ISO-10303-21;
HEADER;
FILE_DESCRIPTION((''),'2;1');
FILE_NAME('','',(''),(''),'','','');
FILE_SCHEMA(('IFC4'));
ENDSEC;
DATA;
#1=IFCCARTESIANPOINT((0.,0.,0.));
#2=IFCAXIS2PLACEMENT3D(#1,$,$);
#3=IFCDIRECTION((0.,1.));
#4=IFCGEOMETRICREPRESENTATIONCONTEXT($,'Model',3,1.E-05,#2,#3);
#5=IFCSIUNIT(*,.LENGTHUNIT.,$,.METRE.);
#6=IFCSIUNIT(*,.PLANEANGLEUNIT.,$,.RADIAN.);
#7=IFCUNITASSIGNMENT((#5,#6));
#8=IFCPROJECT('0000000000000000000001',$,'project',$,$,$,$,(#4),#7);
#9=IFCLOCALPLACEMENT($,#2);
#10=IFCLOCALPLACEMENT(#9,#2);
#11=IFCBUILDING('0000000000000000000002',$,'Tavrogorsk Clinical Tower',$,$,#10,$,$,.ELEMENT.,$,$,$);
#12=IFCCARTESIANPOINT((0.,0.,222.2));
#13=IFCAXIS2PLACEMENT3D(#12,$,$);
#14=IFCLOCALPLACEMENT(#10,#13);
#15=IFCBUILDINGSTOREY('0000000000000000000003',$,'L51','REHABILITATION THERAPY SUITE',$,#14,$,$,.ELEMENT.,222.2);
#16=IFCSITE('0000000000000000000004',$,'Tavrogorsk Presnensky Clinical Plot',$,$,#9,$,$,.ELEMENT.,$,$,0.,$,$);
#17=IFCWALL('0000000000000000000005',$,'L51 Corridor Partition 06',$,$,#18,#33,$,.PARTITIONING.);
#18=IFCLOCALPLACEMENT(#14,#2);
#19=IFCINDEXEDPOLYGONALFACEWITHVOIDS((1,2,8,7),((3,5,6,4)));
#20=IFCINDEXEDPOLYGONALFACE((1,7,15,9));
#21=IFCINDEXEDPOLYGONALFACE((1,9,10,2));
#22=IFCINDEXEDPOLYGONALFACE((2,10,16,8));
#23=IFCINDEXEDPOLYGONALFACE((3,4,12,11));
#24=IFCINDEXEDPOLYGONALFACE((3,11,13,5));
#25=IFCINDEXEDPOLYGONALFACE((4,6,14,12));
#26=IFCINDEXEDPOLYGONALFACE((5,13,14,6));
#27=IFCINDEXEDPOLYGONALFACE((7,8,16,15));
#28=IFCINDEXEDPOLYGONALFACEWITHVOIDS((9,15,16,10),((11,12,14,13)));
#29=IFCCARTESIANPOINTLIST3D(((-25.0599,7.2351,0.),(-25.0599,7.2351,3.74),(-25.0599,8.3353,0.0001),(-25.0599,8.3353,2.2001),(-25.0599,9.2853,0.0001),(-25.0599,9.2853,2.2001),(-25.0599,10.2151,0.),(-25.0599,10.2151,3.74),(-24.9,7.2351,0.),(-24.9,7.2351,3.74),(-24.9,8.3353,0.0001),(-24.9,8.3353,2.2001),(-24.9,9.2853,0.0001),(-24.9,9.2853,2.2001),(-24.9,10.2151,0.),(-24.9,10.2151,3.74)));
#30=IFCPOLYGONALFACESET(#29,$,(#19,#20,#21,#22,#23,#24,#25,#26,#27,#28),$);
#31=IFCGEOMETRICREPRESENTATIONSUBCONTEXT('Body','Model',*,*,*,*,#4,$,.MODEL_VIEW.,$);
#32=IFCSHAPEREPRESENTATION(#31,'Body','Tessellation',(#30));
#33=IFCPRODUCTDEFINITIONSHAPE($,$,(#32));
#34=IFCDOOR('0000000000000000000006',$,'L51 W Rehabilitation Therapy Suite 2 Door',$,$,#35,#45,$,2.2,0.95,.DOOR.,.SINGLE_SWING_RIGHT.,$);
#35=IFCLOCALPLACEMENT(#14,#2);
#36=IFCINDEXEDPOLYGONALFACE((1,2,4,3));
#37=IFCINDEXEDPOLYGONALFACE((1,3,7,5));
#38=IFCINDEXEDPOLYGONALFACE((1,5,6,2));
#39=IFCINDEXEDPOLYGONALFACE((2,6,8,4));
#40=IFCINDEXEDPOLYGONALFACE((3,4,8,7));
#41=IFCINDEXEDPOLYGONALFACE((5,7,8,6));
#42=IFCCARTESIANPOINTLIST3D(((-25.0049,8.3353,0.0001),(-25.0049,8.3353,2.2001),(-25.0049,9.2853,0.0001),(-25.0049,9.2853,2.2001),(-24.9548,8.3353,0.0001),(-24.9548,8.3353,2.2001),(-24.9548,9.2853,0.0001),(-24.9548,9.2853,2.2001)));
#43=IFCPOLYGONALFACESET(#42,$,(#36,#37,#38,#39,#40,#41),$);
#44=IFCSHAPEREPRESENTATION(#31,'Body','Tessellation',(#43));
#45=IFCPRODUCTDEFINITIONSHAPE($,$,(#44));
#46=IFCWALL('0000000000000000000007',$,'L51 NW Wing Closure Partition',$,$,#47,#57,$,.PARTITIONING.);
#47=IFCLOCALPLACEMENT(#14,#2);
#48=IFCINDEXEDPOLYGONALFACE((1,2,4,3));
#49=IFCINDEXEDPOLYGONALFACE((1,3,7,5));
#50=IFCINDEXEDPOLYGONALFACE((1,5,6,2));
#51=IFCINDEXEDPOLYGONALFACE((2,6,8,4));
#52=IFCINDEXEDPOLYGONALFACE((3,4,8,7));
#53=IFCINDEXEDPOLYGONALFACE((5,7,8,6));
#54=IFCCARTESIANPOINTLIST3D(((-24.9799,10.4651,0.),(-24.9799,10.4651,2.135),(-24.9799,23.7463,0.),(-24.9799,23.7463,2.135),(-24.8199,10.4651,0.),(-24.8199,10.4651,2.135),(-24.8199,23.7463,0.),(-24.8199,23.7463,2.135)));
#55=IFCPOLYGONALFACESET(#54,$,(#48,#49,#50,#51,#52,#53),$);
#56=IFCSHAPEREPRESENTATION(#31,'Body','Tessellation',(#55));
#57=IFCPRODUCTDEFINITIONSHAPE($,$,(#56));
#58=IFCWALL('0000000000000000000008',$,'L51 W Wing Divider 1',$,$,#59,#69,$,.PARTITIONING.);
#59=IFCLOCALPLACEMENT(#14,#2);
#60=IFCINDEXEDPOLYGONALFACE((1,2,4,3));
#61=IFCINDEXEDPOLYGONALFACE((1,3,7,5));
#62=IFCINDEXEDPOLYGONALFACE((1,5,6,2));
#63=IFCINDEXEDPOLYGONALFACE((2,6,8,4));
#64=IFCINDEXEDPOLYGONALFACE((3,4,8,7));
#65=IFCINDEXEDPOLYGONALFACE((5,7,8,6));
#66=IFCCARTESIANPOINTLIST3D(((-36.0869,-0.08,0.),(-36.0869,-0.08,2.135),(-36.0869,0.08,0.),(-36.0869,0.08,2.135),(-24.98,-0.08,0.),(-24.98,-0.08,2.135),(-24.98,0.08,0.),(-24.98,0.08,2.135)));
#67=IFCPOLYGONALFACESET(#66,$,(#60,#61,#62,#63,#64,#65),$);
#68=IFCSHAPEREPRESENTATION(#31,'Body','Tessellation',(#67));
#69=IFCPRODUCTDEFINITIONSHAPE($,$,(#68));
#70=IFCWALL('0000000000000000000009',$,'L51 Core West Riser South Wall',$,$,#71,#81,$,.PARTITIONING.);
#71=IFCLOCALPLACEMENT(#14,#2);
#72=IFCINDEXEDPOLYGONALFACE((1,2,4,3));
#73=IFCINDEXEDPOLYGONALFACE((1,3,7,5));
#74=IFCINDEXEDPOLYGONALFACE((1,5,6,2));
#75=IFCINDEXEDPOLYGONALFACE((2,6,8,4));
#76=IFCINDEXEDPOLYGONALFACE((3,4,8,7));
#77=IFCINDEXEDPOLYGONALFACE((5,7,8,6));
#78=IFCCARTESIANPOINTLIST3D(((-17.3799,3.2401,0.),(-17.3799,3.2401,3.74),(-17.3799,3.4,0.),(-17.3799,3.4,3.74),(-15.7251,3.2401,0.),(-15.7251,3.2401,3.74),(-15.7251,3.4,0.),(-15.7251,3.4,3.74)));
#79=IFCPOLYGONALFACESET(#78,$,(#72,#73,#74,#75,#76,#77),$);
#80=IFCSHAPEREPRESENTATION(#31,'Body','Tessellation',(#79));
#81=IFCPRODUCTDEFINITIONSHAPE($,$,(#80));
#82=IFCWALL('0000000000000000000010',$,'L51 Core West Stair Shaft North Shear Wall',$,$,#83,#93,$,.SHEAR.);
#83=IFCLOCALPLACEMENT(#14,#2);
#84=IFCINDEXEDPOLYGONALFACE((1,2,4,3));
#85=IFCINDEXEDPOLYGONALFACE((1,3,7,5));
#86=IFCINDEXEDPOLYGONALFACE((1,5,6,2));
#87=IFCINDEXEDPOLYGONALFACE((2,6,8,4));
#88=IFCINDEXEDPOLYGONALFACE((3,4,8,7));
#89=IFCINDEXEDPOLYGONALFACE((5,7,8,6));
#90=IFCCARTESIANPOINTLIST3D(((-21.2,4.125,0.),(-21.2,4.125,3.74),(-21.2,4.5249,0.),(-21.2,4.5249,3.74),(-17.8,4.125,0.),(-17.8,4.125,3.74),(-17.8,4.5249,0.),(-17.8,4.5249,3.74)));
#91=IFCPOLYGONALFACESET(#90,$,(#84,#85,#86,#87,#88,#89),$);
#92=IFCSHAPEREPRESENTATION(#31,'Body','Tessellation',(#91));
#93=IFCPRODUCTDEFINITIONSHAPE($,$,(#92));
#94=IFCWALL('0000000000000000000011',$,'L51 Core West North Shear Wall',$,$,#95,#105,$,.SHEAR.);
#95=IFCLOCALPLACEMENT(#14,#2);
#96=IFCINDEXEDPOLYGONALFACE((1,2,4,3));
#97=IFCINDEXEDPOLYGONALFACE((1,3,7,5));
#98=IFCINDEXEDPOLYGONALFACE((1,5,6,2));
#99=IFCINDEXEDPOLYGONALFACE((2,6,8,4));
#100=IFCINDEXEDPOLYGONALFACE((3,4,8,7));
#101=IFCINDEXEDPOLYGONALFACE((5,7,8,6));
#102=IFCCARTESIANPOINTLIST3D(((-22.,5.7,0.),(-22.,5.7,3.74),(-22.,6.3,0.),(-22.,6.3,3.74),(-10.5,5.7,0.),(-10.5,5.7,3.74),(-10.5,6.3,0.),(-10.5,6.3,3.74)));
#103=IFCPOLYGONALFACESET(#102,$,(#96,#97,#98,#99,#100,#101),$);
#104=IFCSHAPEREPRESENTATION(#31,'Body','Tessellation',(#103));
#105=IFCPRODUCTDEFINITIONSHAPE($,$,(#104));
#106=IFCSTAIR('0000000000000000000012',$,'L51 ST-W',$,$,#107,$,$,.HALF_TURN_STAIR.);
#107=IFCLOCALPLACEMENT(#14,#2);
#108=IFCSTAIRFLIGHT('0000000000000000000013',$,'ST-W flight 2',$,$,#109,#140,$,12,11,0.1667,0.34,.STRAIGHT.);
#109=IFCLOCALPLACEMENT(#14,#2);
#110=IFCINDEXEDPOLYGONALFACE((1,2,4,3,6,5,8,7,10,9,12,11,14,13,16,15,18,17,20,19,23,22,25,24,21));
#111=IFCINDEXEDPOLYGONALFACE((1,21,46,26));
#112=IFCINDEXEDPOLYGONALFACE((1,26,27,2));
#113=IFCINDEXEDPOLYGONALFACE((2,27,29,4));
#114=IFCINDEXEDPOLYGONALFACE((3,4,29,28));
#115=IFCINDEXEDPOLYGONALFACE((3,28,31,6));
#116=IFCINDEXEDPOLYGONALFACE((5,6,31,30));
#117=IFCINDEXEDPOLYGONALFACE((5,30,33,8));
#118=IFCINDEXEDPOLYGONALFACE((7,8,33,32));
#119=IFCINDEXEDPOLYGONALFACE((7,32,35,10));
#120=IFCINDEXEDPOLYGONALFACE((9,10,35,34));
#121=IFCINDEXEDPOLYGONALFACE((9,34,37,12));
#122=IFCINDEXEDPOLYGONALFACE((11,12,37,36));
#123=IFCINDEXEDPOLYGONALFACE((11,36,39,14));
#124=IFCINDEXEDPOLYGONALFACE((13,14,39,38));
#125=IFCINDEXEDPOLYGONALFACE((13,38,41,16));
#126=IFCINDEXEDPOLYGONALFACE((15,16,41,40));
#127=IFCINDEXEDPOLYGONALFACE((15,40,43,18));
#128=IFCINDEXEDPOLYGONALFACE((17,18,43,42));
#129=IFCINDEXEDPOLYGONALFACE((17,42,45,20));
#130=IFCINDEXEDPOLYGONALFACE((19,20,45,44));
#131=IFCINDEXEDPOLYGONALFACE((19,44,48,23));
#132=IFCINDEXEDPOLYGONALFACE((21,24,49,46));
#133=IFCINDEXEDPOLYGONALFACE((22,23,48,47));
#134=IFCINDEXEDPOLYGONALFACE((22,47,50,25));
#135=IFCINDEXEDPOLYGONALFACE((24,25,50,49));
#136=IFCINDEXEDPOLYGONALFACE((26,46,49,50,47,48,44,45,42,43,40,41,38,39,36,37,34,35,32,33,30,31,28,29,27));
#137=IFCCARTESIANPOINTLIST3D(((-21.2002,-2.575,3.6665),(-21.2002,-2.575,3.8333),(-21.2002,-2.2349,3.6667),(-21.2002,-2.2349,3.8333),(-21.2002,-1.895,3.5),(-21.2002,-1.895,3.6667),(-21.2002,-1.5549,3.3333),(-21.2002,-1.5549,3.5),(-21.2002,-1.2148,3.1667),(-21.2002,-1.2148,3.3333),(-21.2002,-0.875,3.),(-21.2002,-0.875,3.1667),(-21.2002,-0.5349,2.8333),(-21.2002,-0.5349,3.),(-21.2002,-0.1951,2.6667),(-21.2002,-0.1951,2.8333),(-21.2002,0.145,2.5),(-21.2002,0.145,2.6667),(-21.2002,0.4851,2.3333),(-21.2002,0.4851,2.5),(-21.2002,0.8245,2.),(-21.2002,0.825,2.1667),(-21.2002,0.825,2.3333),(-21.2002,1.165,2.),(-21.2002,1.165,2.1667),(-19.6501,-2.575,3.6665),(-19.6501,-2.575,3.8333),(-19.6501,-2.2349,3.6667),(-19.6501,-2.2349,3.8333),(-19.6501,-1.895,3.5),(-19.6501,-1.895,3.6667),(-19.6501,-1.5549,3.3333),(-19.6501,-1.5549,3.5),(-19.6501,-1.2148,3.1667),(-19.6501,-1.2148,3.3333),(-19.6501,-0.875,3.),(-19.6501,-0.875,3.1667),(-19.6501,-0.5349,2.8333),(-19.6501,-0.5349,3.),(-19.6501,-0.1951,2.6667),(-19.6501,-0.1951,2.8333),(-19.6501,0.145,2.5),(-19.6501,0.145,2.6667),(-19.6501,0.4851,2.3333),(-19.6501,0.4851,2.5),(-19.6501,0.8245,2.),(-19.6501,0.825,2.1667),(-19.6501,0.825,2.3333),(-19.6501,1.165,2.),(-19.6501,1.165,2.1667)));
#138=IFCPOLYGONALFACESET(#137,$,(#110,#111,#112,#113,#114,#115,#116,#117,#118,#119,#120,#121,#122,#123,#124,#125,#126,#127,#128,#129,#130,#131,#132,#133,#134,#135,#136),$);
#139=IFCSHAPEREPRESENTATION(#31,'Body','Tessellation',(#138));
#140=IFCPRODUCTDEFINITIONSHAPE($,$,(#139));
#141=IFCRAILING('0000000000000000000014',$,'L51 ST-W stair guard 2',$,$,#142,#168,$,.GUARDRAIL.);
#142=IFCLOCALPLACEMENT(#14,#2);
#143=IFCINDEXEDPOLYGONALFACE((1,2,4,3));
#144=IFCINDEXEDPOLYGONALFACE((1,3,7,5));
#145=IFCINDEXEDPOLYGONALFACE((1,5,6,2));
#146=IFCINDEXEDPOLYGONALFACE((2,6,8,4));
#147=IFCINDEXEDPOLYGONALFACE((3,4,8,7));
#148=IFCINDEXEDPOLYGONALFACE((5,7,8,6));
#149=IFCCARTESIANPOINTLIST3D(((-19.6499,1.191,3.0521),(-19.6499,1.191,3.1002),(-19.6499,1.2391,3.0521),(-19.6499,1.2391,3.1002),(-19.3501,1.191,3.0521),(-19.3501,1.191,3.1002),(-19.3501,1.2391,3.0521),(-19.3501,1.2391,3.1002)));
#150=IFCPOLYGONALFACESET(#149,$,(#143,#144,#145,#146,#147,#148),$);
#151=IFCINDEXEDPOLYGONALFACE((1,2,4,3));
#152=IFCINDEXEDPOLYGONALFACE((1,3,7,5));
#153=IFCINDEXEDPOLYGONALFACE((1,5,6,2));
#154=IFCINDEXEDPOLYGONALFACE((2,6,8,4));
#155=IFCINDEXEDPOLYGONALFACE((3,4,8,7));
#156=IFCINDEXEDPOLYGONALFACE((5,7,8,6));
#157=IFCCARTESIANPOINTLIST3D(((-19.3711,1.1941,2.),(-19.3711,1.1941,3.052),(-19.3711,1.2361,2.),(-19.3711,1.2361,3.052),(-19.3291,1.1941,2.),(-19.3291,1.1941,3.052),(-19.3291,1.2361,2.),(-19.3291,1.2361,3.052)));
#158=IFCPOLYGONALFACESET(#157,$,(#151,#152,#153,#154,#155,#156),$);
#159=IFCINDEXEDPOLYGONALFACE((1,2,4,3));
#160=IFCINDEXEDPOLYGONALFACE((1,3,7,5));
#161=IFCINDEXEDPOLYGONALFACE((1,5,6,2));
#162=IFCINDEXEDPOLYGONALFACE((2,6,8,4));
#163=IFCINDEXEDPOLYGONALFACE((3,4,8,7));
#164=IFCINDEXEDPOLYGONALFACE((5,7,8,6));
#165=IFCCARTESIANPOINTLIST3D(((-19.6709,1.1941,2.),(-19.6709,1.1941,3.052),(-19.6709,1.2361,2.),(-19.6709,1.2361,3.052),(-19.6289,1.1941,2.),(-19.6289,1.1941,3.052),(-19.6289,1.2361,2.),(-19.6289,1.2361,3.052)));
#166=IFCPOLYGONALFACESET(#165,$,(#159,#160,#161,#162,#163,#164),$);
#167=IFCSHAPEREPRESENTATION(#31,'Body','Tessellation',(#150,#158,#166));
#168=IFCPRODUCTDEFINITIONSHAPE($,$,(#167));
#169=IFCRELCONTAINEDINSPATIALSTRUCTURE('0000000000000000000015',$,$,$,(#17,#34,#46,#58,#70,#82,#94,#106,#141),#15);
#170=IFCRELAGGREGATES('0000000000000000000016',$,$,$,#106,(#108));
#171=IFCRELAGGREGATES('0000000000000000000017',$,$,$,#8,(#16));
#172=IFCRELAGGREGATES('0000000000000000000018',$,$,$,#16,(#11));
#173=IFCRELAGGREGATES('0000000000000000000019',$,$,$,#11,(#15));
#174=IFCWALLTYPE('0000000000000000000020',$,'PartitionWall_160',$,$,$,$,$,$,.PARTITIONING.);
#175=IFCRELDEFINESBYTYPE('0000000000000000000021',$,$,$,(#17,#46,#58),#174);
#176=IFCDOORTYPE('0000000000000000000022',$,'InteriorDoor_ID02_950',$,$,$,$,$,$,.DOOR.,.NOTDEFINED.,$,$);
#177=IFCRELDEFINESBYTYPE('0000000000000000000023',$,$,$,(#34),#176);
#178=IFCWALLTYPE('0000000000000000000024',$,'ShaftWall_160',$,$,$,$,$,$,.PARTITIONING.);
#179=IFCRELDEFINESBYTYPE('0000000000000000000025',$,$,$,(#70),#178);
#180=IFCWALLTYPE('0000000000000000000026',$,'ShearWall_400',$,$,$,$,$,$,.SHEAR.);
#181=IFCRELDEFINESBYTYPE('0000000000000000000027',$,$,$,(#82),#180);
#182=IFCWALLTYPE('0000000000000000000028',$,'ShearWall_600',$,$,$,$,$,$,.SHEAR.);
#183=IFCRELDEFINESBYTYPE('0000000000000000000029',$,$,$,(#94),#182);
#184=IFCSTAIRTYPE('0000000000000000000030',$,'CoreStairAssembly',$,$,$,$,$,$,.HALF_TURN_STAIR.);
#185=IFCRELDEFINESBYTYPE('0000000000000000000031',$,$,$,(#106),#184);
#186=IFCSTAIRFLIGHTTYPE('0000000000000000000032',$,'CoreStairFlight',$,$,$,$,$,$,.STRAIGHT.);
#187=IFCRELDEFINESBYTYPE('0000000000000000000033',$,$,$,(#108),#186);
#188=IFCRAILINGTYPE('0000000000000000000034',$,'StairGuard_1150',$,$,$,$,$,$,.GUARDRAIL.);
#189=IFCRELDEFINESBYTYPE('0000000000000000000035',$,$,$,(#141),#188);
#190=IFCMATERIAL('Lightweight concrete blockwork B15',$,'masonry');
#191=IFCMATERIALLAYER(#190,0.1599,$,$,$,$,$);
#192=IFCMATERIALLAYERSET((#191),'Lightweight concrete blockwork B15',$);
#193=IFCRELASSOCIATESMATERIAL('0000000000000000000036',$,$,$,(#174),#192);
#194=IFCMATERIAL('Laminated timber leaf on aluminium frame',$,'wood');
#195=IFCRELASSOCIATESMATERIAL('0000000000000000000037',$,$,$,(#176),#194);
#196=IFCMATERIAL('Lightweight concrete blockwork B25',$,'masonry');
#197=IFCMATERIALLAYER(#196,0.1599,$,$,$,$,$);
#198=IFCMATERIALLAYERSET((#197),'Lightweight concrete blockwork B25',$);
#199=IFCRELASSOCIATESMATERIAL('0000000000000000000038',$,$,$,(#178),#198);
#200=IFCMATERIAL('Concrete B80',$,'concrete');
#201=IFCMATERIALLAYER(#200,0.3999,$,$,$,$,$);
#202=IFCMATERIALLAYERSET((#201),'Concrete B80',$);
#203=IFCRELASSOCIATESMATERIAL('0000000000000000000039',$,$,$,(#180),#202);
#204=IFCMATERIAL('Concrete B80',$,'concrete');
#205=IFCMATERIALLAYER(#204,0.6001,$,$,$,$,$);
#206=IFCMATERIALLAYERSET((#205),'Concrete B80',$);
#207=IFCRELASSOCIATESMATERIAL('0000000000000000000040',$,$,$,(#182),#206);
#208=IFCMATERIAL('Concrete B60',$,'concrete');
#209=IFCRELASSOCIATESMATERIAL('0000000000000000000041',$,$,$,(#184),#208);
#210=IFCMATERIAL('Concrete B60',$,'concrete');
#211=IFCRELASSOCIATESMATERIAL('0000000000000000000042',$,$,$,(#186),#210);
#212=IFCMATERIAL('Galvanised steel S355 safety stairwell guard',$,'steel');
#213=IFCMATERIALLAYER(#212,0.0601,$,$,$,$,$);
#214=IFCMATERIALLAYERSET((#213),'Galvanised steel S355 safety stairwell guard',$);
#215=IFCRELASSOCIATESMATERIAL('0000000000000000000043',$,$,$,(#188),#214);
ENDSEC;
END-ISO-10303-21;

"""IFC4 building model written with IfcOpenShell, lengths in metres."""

from ifc_helpers import new_model, si_unit, direction, frame, frame_2d, origin, origin_2d, place, context, subcontext, project, spatial, polyline, rectangle, outline, extrude, material, layer, layer_set, type_object, element, fill, aggregate, save


model = new_model("IFC4")

# Units and contexts
model_context = context("Model", 3, precision=1e-05, world=origin(), true_north=direction((0.0, 1.0)))
body_context = subcontext(model_context, "Body", "Model", "MODEL_VIEW")
ifc_project = project(units=[si_unit("LENGTHUNIT", "METRE"), si_unit("PLANEANGLEUNIT", "RADIAN")], contexts=[model_context])

# Site, building, storey
site_placement = place(None, origin())
site = spatial("IfcSite", under=ifc_project, at=site_placement, Name="Tavrogorsk Presnensky Clinical Plot", CompositionType="ELEMENT", RefElevation=0.0)
building_placement = place(site_placement, origin())
building = spatial("IfcBuilding", under=site, at=building_placement, Name="Tavrogorsk Clinical Tower", CompositionType="ELEMENT")
storey_placement = place(building_placement, frame((0.0, 0.0, 222.2)))
storey = spatial("IfcBuildingStorey", under=building, at=storey_placement, Name="L51", Description="REHABILITATION THERAPY SUITE", CompositionType="ELEMENT", Elevation=222.2)

# Wall, opening, door
ifc_material_1 = material(Name="Lightweight concrete blockwork B15", Category="masonry")
ifc_layer_1 = layer(ifc_material_1, 0.1599)
ifc_layer_set_1 = layer_set([ifc_layer_1], Name="Lightweight concrete blockwork B15")
wall_type_1 = type_object("IfcWallType", Name="PartitionWall_160", PredefinedType="PARTITIONING", material=ifc_layer_set_1)
wall_1_placement = place(storey_placement, frame((-24.98, 7.2351, 0.0), z_axis=(0.0, 0.0, 1.0), x_axis=(0.0, 1.0, 0.0)))
wall_1 = element("IfcWall", 1, at=wall_1_placement, inside=storey, type_object=wall_type_1, Name="L51 Corridor Partition 06", PredefinedType="PARTITIONING", context=body_context, shape_type="SweptSolid", body=[
    extrude(rectangle(XDim=2.98, YDim=0.1599, at=frame_2d((1.49, 0.0))), origin(), (0.0, 0.0, 1.0), 3.74),
])
opening_1_placement = place(wall_1_placement, frame((1.1001, 0.0, 0.0)))
opening_1 = element("IfcOpeningElement", 2, at=opening_1_placement, cuts=wall_1, PredefinedType="OPENING", context=body_context, shape_type="SweptSolid", body=[
    extrude(rectangle(XDim=0.95, YDim=2.2, at=frame_2d((0.4751, 1.1001))), frame((0.0, 0.0898, 0.0), z_axis=(0.0, -1.0, 0.0), x_axis=(1.0, 0.0, 0.0)), (0.0, 0.0, 1.0), 0.1799),
])
ifc_material_2 = material(Name="Laminated timber leaf on aluminium frame", Category="wood")
door_type_1 = type_object("IfcDoorType", Name="InteriorDoor_ID02_950", OperationType="NOTDEFINED", PredefinedType="DOOR", material=ifc_material_2)
door_1_placement = place(opening_1_placement, origin())
door_1 = element("IfcDoor", 3, at=door_1_placement, inside=storey, type_object=door_type_1, Name="L51 W Rehabilitation Therapy Suite 2 Door", OperationType="SINGLE_SWING_RIGHT", OverallHeight=2.2, OverallWidth=0.95, PredefinedType="DOOR", context=body_context, shape_type="SweptSolid", body=[
    extrude(rectangle(XDim=0.95, YDim=2.2, at=frame_2d((0.4751, 1.1001))), frame((0.0, 0.0249, 0.0), z_axis=(0.0, -1.0, 0.0), x_axis=(1.0, 0.0, 0.0)), (0.0, 0.0, 1.0), 0.05),
])
fill(opening_1, door_1)

# Walls
wall_2_placement = place(storey_placement, frame((-24.8999, 10.4651, 0.0), z_axis=(0.0, 0.0, 1.0), x_axis=(0.0, 1.0, 0.0)))
element("IfcWall", 4, at=wall_2_placement, inside=storey, type_object=wall_type_1, Name="L51 NW Wing Closure Partition", PredefinedType="PARTITIONING", context=body_context, shape_type="SweptSolid", body=[
    extrude(rectangle(XDim=13.2812, YDim=0.1599, at=frame_2d((6.6406, 0.0))), origin(), (0.0, 0.0, 1.0), 2.135),
])
wall_3_placement = place(storey_placement, frame((-36.0869, 0.0, 0.0), z_axis=(0.0, 0.0, 1.0), x_axis=(1.0, 0.0, 0.0)))
element("IfcWall", 5, at=wall_3_placement, inside=storey, type_object=wall_type_1, Name="L51 W Wing Divider 1", PredefinedType="PARTITIONING", context=body_context, shape_type="SweptSolid", body=[
    extrude(rectangle(XDim=11.1069, YDim=0.1599, at=frame_2d((5.5535, 0.0))), origin(), (0.0, 0.0, 1.0), 2.135),
])
ifc_material_3 = material(Name="Lightweight concrete blockwork B25", Category="masonry")
ifc_layer_2 = layer(ifc_material_3, 0.1599)
ifc_layer_set_2 = layer_set([ifc_layer_2], Name="Lightweight concrete blockwork B25")
wall_type_2 = type_object("IfcWallType", Name="ShaftWall_160", PredefinedType="PARTITIONING", material=ifc_layer_set_2)
wall_4_placement = place(storey_placement, frame((-17.3799, 3.3201, 0.0), z_axis=(0.0, 0.0, 1.0), x_axis=(1.0, 0.0, 0.0)))
element("IfcWall", 6, at=wall_4_placement, inside=storey, type_object=wall_type_2, Name="L51 Core West Riser South Wall", PredefinedType="PARTITIONING", context=body_context, shape_type="SweptSolid", body=[
    extrude(rectangle(XDim=1.6548, YDim=0.1599, at=frame_2d((0.8274, 0.0))), origin(), (0.0, 0.0, 1.0), 3.74),
])
ifc_material_4 = material(Name="Concrete B80", Category="concrete")
ifc_layer_3 = layer(ifc_material_4, 0.3999)
ifc_layer_set_3 = layer_set([ifc_layer_3], Name="Concrete B80")
wall_type_3 = type_object("IfcWallType", Name="ShearWall_400", PredefinedType="SHEAR", material=ifc_layer_set_3)
wall_5_placement = place(storey_placement, frame((-21.2, 4.325, 0.0), z_axis=(0.0, 0.0, 1.0), x_axis=(1.0, 0.0, 0.0)))
element("IfcWall", 7, at=wall_5_placement, inside=storey, type_object=wall_type_3, Name="L51 Core West Stair Shaft North Shear Wall", PredefinedType="SHEAR", context=body_context, shape_type="SweptSolid", body=[
    extrude(rectangle(XDim=3.3999, YDim=0.3999, at=frame_2d((1.7, 0.0))), origin(), (0.0, 0.0, 1.0), 3.74),
])
ifc_material_5 = material(Name="Concrete B80", Category="concrete")
ifc_layer_4 = layer(ifc_material_5, 0.6001)
ifc_layer_set_4 = layer_set([ifc_layer_4], Name="Concrete B80")
wall_type_4 = type_object("IfcWallType", Name="ShearWall_600", PredefinedType="SHEAR", material=ifc_layer_set_4)
wall_6_placement = place(storey_placement, frame((-22.0, 6.0, 0.0), z_axis=(0.0, 0.0, 1.0), x_axis=(1.0, 0.0, 0.0)))
element("IfcWall", 8, at=wall_6_placement, inside=storey, type_object=wall_type_4, Name="L51 Core West North Shear Wall", PredefinedType="SHEAR", context=body_context, shape_type="SweptSolid", body=[
    extrude(rectangle(XDim=11.5, YDim=0.6001, at=frame_2d((5.75, 0.0))), origin(), (0.0, 0.0, 1.0), 3.74),
])

# Stair, stair flight
ifc_material_6 = material(Name="Concrete B60", Category="concrete")
stair_type = type_object("IfcStairType", Name="CoreStairAssembly", PredefinedType="HALF_TURN_STAIR", material=ifc_material_6)
stair_placement = place(storey_placement, origin())
stair = element("IfcStair", 9, at=stair_placement, inside=storey, type_object=stair_type, Name="L51 ST-W", PredefinedType="HALF_TURN_STAIR")
ifc_material_7 = material(Name="Concrete B60", Category="concrete")
stair_flight_type = type_object("IfcStairFlightType", Name="CoreStairFlight", PredefinedType="STRAIGHT", material=ifc_material_7)
stair_flight_placement = place(storey_placement, frame((-20.425, 1.165, 2.0), z_axis=(0.0, 0.0, 1.0), x_axis=(0.0, -1.0, 0.0)))
stair_flight = element("IfcStairFlight", 10, at=stair_flight_placement, type_object=stair_flight_type, Name="ST-W flight 2", NumberOfRisers=12, NumberOfTreads=11, PredefinedType="STRAIGHT", RiserHeight=0.1667, TreadLength=0.34, context=body_context, shape_type="SweptSolid", body=[
    extrude(outline(polyline([(0.0, 0.0), (0.0, 0.1667), (0.3401, 0.1667), (0.3401, 0.3333), (0.6799, 0.3333), (0.6799, 0.5), (1.02, 0.5), (1.02, 0.6667), (1.3601, 0.6667), (1.3601, 0.8333), (1.7, 0.8333), (1.7, 1.0), (2.04, 1.0), (2.04, 1.1667), (2.3799, 1.1667), (2.3799, 1.3333), (2.72, 1.3333), (2.72, 1.5), (3.0601, 1.5), (3.0601, 1.6667), (3.3999, 1.6667), (3.3999, 1.8333), (3.74, 1.8333), (3.74, 2.0), (3.74, 1.6665), (0.3406, 0.0), (0.0, 0.0)])), frame((0.0, 0.7749, 0.0), z_axis=(0.0, -1.0, 0.0), x_axis=(1.0, 0.0, 0.0)), (0.0, 0.0, 1.0), 1.55),
])
aggregate(stair, [stair_flight])

# Railing
ifc_material_8 = material(Name="Galvanised steel S355 safety stairwell guard", Category="steel")
ifc_layer_5 = layer(ifc_material_8, 0.0601)
ifc_layer_set_5 = layer_set([ifc_layer_5], Name="Galvanised steel S355 safety stairwell guard")
railing_type_1 = type_object("IfcRailingType", Name="StairGuard_1150", PredefinedType="GUARDRAIL", material=ifc_layer_set_5)
railing_1_placement = place(storey_placement, frame((-19.3501, 1.2151, 2.0)))
element("IfcRailing", 11, at=railing_1_placement, inside=storey, type_object=railing_type_1, Name="L51 ST-W stair guard 2", PredefinedType="GUARDRAIL", context=body_context, shape_type="SweptSolid", body=[
    extrude(rectangle(XDim=0.0481, YDim=0.0481, at=origin_2d()), frame((0.0, 0.0, 1.0762), z_axis=(-1.0, 0.0, 0.0), x_axis=(0.0, -1.0, 0.0)), (0.0, 0.0, 1.0), 0.2998),
    extrude(rectangle(XDim=0.042, YDim=0.042, at=origin_2d()), origin(), (0.0, 0.0, 1.0), 1.052),
    extrude(rectangle(XDim=0.042, YDim=0.042, at=origin_2d()), frame((-0.2998, 0.0, 0.0)), (0.0, 0.0, 1.0), 1.052),
])

save(model, "model.ifc")
